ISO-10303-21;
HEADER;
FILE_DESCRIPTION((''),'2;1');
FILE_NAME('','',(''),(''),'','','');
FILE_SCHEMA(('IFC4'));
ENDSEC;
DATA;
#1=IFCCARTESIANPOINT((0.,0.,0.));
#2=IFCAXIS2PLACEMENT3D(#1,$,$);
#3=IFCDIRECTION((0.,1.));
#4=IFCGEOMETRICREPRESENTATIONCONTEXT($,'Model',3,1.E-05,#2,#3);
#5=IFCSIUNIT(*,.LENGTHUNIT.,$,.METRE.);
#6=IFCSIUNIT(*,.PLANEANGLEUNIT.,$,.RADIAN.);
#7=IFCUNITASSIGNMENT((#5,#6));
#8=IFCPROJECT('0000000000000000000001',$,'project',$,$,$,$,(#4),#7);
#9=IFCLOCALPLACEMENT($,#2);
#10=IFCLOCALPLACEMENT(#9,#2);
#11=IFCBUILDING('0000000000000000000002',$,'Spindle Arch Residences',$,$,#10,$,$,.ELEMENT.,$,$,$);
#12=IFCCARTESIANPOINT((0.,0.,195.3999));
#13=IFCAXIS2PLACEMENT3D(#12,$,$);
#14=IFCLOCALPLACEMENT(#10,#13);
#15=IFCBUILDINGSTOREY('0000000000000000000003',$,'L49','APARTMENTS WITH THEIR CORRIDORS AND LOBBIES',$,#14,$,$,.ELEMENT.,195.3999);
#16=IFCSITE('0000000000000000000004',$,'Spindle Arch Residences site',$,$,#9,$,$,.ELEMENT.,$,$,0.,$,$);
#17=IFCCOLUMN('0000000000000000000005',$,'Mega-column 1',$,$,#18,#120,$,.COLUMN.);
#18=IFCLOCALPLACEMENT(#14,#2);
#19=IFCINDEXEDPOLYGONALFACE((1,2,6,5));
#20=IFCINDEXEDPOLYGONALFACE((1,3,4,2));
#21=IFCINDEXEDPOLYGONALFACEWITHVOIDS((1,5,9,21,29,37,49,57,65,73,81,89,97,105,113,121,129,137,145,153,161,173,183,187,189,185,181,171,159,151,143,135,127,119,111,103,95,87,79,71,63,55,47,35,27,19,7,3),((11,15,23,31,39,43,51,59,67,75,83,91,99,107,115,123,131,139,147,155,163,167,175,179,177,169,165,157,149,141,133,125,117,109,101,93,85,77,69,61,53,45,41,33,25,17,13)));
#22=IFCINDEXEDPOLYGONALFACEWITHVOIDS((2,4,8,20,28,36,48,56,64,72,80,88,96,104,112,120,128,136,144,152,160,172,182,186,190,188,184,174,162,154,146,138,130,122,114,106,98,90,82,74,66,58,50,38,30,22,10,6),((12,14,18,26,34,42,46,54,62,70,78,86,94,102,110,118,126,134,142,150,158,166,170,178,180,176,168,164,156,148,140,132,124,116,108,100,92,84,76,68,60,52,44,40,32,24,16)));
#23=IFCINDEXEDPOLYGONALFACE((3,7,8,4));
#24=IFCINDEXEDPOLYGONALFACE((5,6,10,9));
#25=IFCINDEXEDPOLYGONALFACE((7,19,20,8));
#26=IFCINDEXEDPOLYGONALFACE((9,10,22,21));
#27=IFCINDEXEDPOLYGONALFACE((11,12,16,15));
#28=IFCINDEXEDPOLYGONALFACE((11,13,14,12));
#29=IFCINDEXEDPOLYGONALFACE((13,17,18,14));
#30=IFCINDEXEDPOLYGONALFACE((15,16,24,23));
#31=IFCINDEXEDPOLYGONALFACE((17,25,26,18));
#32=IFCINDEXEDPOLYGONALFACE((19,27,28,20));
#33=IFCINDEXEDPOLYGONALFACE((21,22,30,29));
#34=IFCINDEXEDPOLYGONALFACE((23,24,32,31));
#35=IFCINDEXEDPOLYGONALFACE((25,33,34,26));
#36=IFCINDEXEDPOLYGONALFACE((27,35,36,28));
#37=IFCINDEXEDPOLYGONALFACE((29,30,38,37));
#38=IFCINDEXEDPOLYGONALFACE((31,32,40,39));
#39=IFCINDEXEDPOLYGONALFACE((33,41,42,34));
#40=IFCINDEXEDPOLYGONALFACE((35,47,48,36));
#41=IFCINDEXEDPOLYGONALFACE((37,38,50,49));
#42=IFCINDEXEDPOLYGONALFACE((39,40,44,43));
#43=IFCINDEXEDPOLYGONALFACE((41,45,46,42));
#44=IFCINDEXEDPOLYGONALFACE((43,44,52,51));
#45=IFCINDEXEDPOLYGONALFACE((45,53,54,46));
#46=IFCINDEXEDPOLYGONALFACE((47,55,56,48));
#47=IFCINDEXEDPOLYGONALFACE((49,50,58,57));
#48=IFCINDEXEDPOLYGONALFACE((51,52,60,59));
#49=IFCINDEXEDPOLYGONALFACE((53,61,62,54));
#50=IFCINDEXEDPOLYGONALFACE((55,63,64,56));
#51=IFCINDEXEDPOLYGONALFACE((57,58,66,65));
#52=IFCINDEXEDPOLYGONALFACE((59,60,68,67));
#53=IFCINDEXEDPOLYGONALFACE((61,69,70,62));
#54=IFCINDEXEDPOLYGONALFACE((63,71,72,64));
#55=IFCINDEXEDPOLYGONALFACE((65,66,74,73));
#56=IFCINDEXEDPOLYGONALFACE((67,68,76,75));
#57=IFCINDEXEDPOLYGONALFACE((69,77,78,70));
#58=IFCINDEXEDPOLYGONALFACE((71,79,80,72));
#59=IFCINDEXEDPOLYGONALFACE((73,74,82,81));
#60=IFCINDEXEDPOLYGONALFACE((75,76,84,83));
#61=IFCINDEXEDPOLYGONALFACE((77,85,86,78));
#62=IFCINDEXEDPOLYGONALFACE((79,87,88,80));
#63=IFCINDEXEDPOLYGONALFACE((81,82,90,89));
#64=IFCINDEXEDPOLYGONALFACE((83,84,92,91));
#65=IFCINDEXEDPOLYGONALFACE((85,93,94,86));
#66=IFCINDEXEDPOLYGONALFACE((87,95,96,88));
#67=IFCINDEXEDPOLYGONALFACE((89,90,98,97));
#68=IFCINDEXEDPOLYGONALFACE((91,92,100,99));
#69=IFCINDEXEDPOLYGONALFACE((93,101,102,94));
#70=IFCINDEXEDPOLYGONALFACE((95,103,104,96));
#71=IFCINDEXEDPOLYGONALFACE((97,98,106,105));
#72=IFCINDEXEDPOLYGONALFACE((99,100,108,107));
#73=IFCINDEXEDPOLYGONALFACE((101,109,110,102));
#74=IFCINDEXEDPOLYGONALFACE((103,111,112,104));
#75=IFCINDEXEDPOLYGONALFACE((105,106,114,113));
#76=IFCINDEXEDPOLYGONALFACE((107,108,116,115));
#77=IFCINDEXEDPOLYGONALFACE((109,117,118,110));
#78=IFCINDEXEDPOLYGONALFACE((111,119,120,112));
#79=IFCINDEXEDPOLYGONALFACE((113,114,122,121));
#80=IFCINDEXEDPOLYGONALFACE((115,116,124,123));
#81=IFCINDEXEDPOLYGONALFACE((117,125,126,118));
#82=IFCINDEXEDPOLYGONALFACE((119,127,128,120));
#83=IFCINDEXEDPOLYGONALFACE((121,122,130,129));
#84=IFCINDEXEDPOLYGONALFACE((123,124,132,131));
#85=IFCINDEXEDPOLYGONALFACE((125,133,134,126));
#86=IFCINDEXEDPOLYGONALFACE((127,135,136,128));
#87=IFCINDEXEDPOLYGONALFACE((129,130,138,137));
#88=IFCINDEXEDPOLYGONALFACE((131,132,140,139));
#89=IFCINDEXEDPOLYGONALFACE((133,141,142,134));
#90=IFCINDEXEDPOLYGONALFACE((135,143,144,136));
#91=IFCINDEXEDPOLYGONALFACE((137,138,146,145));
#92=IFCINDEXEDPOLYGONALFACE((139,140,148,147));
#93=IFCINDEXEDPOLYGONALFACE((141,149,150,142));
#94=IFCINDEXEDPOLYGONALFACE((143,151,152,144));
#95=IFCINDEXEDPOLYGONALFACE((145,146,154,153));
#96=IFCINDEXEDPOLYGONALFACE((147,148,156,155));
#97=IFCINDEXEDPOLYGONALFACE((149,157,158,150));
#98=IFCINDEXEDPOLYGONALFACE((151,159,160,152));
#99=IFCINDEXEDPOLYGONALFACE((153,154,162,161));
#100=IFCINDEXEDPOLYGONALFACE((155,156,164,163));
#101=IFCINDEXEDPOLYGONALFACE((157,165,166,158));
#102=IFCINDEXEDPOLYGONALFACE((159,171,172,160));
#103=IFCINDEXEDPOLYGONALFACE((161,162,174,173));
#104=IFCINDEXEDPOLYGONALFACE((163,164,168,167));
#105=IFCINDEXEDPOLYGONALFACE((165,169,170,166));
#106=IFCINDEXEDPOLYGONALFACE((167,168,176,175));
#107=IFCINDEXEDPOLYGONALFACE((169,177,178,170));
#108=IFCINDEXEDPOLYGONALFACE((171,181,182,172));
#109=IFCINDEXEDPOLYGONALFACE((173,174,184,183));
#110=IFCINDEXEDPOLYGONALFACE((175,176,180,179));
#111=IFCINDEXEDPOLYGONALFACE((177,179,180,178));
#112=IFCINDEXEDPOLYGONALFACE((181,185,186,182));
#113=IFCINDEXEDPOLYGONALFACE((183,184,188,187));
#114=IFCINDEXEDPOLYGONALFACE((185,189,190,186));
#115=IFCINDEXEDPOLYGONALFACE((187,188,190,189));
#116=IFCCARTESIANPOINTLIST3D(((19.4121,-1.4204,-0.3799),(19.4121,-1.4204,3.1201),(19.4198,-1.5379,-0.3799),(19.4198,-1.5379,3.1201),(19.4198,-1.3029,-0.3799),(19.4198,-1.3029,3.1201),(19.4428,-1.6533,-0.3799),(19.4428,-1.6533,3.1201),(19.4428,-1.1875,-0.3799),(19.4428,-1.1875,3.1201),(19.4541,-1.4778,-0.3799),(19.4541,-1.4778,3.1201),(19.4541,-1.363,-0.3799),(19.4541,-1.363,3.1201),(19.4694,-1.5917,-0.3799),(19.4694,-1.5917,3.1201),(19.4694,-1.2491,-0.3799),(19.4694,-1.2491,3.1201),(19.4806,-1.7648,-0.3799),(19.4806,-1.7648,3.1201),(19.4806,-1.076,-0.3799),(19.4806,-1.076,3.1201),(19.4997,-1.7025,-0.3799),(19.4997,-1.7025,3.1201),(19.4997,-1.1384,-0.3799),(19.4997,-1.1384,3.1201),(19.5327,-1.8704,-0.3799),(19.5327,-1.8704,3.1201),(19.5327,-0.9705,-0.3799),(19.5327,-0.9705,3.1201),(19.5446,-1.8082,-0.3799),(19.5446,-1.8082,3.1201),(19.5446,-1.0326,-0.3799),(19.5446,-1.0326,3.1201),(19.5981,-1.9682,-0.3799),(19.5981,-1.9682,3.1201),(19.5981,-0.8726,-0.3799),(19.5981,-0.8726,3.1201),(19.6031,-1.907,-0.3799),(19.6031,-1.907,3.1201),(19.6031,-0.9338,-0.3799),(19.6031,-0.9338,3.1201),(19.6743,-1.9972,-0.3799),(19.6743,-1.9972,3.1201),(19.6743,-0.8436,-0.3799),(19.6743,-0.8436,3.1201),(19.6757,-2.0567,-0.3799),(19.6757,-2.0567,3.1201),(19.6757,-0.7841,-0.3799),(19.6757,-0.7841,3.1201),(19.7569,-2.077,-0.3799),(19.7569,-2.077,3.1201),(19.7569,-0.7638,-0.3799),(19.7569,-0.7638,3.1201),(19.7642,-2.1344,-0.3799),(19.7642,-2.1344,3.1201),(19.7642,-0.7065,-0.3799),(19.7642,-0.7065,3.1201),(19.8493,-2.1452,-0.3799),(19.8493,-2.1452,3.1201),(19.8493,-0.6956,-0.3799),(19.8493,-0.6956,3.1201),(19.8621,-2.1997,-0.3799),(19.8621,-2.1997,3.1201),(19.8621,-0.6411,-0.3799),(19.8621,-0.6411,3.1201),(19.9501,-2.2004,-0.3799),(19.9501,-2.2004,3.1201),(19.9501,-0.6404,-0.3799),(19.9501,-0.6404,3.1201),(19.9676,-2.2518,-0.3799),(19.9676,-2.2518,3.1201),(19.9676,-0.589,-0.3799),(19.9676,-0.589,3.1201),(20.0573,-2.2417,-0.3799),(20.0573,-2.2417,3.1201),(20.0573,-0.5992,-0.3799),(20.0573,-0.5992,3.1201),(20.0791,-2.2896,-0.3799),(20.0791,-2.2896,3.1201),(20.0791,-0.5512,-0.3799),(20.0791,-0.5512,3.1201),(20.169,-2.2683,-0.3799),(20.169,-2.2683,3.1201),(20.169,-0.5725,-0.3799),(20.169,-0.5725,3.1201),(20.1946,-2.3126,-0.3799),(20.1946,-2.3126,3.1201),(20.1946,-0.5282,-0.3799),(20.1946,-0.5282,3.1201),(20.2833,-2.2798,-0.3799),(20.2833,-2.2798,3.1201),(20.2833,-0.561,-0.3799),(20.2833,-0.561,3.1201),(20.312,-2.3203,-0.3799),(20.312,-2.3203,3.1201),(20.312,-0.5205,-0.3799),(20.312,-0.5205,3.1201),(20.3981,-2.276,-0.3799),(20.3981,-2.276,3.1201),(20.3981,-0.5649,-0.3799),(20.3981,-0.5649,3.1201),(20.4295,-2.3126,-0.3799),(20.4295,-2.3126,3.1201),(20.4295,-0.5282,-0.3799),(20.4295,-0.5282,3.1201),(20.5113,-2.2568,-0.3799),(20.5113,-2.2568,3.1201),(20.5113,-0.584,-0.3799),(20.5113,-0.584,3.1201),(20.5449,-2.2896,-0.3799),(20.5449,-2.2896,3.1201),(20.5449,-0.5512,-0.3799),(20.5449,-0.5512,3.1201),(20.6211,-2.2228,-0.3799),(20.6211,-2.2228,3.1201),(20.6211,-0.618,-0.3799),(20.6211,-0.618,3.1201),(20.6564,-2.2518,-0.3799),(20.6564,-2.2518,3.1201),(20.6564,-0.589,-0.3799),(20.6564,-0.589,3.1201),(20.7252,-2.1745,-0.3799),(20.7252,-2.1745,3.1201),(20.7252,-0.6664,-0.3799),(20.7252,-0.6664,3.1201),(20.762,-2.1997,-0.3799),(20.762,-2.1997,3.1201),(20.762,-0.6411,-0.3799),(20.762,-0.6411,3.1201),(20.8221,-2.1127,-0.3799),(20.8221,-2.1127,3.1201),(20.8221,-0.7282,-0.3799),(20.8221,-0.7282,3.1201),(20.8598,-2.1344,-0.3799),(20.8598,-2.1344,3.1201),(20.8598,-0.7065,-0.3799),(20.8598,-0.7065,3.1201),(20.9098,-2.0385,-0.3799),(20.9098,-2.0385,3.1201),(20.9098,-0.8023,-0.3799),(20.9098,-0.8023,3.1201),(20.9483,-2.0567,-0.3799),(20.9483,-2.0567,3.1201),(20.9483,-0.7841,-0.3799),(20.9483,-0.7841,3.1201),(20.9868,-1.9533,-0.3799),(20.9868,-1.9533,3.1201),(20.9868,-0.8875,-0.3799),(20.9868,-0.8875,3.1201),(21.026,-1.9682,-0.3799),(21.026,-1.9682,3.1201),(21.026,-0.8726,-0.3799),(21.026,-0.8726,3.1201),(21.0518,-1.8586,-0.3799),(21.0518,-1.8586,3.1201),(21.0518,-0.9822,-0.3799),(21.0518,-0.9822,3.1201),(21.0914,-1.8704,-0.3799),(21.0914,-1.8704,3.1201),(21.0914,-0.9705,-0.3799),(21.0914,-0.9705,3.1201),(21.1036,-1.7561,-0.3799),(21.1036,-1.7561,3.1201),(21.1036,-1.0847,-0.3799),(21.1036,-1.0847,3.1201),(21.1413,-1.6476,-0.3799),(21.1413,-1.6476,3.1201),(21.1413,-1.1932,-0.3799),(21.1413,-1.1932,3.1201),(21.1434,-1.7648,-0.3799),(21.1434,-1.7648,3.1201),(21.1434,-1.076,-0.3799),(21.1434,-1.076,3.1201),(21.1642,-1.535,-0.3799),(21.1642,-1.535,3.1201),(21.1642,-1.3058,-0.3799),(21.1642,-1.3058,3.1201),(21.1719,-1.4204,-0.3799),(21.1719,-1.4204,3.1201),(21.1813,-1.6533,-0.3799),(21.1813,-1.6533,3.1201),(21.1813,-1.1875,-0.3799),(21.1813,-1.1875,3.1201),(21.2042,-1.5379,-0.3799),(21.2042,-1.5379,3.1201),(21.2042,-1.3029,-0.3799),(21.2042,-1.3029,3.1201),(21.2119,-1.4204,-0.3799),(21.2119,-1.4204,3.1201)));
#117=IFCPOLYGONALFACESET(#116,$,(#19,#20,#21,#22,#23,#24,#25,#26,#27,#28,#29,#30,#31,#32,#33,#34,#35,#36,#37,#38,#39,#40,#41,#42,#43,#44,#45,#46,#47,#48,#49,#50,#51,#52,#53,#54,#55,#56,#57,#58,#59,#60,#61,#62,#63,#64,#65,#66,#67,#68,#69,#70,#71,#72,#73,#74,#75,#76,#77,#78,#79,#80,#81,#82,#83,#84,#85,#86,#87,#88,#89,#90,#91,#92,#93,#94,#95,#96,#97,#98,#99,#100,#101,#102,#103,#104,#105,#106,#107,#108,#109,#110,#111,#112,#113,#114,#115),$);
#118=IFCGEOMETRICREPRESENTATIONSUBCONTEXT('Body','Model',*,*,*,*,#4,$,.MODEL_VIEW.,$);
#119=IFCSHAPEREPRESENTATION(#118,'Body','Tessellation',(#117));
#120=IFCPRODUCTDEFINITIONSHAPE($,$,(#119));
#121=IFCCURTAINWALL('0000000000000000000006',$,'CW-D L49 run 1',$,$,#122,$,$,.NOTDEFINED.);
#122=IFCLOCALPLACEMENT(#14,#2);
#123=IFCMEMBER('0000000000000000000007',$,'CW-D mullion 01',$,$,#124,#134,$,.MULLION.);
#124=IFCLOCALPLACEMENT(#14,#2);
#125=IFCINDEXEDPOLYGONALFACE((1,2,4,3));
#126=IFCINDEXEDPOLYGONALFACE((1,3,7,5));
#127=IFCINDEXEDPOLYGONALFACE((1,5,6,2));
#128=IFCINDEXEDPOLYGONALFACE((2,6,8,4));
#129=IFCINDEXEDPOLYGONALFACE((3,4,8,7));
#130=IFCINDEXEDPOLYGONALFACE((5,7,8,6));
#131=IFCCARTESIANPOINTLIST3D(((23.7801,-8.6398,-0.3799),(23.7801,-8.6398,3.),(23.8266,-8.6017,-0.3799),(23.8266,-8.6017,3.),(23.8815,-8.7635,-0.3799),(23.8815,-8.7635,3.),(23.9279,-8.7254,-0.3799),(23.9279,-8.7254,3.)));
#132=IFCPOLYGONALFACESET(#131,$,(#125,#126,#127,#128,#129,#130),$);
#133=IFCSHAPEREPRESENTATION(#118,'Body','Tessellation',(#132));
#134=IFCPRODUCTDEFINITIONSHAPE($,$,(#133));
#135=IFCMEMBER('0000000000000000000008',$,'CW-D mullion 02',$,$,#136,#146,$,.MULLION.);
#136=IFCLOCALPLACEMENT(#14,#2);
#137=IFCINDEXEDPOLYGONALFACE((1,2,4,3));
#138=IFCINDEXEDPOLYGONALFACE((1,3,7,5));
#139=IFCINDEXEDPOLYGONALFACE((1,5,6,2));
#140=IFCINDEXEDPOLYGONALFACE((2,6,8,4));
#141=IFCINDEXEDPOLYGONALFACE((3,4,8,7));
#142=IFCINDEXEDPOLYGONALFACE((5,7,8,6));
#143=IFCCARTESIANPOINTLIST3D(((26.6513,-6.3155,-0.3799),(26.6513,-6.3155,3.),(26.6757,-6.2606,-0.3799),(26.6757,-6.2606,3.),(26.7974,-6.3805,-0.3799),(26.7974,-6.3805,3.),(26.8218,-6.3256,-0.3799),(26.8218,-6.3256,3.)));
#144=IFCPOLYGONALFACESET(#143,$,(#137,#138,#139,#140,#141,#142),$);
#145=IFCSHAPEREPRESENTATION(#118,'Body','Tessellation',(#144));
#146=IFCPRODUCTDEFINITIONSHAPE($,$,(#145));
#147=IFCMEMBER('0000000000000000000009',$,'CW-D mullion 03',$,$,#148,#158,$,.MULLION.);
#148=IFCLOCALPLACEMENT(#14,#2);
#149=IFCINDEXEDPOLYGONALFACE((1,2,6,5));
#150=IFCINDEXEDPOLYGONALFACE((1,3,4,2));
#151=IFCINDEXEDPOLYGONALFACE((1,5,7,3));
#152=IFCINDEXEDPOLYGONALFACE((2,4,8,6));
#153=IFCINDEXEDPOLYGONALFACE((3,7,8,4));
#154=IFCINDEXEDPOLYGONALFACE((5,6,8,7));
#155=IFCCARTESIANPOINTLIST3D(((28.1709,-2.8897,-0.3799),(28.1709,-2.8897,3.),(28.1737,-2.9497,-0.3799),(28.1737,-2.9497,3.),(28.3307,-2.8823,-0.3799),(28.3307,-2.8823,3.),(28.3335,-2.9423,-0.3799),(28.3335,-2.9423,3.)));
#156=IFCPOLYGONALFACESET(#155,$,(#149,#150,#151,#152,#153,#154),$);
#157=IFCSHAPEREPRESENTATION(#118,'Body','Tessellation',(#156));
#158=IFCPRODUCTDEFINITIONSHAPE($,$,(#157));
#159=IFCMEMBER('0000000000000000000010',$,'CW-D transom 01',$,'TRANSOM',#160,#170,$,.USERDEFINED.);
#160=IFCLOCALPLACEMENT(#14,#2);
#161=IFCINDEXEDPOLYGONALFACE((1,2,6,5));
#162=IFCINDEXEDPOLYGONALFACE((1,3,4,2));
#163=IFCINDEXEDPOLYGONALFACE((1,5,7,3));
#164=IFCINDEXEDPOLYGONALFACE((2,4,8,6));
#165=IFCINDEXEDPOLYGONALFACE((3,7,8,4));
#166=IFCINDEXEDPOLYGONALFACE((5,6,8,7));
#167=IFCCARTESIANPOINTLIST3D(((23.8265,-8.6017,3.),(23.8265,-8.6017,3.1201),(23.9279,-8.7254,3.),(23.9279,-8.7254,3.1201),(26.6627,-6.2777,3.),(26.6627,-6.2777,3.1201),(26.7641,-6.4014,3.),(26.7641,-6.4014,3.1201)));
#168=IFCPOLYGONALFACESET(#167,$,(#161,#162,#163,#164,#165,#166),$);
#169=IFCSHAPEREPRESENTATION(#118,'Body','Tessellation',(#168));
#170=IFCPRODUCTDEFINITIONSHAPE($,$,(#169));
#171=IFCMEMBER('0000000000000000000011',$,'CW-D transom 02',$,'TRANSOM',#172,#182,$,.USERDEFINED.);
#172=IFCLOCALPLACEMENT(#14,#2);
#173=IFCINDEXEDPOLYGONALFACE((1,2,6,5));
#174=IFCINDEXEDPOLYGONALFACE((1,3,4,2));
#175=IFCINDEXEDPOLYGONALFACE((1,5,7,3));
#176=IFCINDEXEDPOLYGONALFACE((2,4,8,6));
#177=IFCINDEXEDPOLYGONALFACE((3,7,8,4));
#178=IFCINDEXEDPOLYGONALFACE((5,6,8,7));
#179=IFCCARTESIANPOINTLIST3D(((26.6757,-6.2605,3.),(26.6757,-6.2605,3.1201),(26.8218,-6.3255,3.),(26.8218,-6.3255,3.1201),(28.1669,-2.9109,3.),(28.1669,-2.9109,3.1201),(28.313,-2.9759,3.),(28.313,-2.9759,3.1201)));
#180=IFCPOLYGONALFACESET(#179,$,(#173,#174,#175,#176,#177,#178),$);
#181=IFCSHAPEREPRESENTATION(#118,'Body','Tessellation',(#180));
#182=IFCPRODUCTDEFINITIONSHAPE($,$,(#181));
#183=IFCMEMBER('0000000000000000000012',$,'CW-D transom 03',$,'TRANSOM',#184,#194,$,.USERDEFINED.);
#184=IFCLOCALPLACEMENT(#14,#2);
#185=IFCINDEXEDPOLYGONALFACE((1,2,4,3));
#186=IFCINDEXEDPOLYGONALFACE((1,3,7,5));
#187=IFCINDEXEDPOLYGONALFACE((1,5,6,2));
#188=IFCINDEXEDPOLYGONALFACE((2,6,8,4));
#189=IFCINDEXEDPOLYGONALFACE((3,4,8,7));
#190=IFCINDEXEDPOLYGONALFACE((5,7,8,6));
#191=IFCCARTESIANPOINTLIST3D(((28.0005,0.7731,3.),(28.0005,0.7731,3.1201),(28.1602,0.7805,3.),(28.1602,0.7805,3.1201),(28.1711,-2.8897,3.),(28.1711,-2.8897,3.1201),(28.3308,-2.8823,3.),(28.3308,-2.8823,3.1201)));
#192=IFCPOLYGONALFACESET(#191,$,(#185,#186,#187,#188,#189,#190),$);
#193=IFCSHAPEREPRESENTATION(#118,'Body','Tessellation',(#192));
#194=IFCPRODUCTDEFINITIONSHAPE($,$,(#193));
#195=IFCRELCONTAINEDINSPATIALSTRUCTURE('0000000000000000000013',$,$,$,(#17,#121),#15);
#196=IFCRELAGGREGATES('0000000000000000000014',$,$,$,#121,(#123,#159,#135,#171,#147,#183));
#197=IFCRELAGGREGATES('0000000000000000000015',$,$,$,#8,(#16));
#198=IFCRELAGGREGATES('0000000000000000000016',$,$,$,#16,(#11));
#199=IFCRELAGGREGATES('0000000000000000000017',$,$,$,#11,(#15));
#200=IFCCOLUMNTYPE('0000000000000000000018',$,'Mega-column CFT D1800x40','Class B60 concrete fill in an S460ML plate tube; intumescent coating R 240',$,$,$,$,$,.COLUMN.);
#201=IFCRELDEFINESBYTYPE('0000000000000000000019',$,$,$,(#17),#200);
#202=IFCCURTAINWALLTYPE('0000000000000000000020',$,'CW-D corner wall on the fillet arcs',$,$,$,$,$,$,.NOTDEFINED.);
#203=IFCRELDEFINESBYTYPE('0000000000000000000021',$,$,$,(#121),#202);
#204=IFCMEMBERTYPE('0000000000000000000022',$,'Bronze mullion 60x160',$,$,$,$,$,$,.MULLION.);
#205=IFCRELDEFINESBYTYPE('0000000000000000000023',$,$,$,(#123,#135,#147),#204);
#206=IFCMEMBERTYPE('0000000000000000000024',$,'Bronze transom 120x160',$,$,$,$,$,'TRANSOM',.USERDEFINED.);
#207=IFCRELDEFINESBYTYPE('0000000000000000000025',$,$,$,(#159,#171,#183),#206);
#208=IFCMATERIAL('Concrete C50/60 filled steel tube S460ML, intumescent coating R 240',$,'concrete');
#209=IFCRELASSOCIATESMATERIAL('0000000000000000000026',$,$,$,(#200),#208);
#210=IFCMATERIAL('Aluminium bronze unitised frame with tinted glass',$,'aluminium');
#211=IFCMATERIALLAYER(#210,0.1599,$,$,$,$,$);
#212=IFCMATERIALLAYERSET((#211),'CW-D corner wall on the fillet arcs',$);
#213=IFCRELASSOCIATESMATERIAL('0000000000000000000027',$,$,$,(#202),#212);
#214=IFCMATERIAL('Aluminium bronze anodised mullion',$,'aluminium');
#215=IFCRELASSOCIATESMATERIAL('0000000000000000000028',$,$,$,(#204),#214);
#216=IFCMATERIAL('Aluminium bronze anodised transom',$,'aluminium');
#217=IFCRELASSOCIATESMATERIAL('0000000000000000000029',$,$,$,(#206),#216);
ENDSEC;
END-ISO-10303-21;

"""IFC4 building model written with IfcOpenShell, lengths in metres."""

from ifc_helpers import new_model, si_unit, direction, frame, origin, origin_2d, place, context, subcontext, project, spatial, rectangle, hollow_circle, extrude, material, layer, layer_set, material_profile, profile_set, type_object, element, aggregate, save


model = new_model("IFC4")

# Units and contexts
model_context = context("Model", 3, precision=1e-05, world=origin(), true_north=direction((0.0, 1.0)))
body_context = subcontext(model_context, "Body", "Model", "MODEL_VIEW")
ifc_project = project(units=[si_unit("LENGTHUNIT", "METRE"), si_unit("PLANEANGLEUNIT", "RADIAN")], contexts=[model_context])

# Site, building, storey
site_placement = place(None, origin())
site = spatial("IfcSite", under=ifc_project, at=site_placement, Name="Spindle Arch Residences site", CompositionType="ELEMENT", RefElevation=0.0)
building_placement = place(site_placement, origin())
building = spatial("IfcBuilding", under=site, at=building_placement, Name="Spindle Arch Residences", CompositionType="ELEMENT")
storey_placement = place(building_placement, frame((0.0, 0.0, 195.3999)))
storey = spatial("IfcBuildingStorey", under=building, at=storey_placement, Name="L49", Description="APARTMENTS WITH THEIR CORRIDORS AND LOBBIES", CompositionType="ELEMENT", Elevation=195.3999)

# Column
ifc_material_1 = material(Name="Concrete C50/60 filled steel tube S460ML, intumescent coating R 240", Category="concrete")
ifc_material_profile_1 = material_profile(ifc_material_1, hollow_circle(Radius=0.8999, WallThickness=0.04, at=origin_2d()), Name="CFT D1800x40")
ifc_profile_set_1 = profile_set([ifc_material_profile_1], Name="Concrete C50/60 filled steel tube S460ML, intumescent coating R 240")
column_type_1 = type_object("IfcColumnType", Name="Mega-column CFT D1800x40", Description="Class B60 concrete fill in an S460ML plate tube; intumescent coating R 240", PredefinedType="COLUMN", material=ifc_profile_set_1)
column_placement = place(storey_placement, frame((20.312, -1.4204, -0.3799), z_axis=(0.0, 0.0, 1.0), x_axis=(1.0, 0.0, 0.0)))
element("IfcColumn", 1, at=column_placement, inside=storey, type_object=column_type_1, Name="Mega-column 1", PredefinedType="COLUMN", context=body_context, shape_type="SweptSolid", body=[
    extrude(hollow_circle(Radius=0.8999, WallThickness=0.04, at=origin_2d()), origin(), (0.0, 0.0, 1.0), 3.5),
])

# Curtain wall, members
ifc_material_2 = material(Name="Aluminium bronze unitised frame with tinted glass", Category="aluminium")
ifc_layer_1 = layer(ifc_material_2, 0.1599)
ifc_layer_set_1 = layer_set([ifc_layer_1], Name="CW-D corner wall on the fillet arcs")
curtain_wall_type = type_object("IfcCurtainWallType", Name="CW-D corner wall on the fillet arcs", PredefinedType="NOTDEFINED", material=ifc_layer_set_1)
curtain_wall_placement = place(storey_placement, origin())
curtain_wall = element("IfcCurtainWall", 2, at=curtain_wall_placement, inside=storey, type_object=curtain_wall_type, Name="CW-D L49 run 1", PredefinedType="NOTDEFINED")
ifc_material_3 = material(Name="Aluminium bronze anodised mullion", Category="aluminium")
ifc_material_profile_2 = material_profile(ifc_material_3, rectangle(XDim=0.1599, YDim=0.0601, at=origin_2d()), Name="MU 60x160")
ifc_profile_set_2 = profile_set([ifc_material_profile_2], Name="Aluminium bronze anodised mullion")
member_type_1 = type_object("IfcMemberType", Name="Bronze mullion 60x160", PredefinedType="MULLION", material=ifc_profile_set_2)
member_1_placement = place(storey_placement, frame((23.854, -8.6826, -0.3799), z_axis=(0.0, 0.0, 1.0), x_axis=(-0.633831, 0.773472, 0.0)))
member_1 = element("IfcMember", 3, at=member_1_placement, type_object=member_type_1, Name="CW-D mullion 01", PredefinedType="MULLION", context=body_context, shape_type="SweptSolid", body=[
    extrude(rectangle(XDim=0.1599, YDim=0.0601, at=origin_2d()), origin(), (0.0, 0.0, 1.0), 3.3799),
])
member_2_placement = place(storey_placement, frame((26.7366, -6.3206, -0.3799), z_axis=(0.0, 0.0, 1.0), x_axis=(-0.913545, 0.406737, 0.0)))
member_2 = element("IfcMember", 4, at=member_2_placement, type_object=member_type_1, Name="CW-D mullion 02", PredefinedType="MULLION", context=body_context, shape_type="SweptSolid", body=[
    extrude(rectangle(XDim=0.1599, YDim=0.0601, at=origin_2d()), origin(), (0.0, 0.0, 1.0), 3.3799),
])
member_3_placement = place(storey_placement, frame((28.2522, -2.916, -0.3799), z_axis=(0.0, 0.0, 1.0), x_axis=(-0.998917, -0.046525, 0.0)))
member_3 = element("IfcMember", 5, at=member_3_placement, type_object=member_type_1, Name="CW-D mullion 03", PredefinedType="MULLION", context=body_context, shape_type="SweptSolid", body=[
    extrude(rectangle(XDim=0.1599, YDim=0.0601, at=origin_2d()), origin(), (0.0, 0.0, 1.0), 3.3799),
])
ifc_material_4 = material(Name="Aluminium bronze anodised transom", Category="aluminium")
ifc_material_profile_3 = material_profile(ifc_material_4, rectangle(XDim=0.1599, YDim=0.1201, at=origin_2d()), Name="TR 120x160")
ifc_profile_set_3 = profile_set([ifc_material_profile_3], Name="Aluminium bronze anodised transom")
member_type_2 = type_object("IfcMemberType", Name="Bronze transom 120x160", ElementType="TRANSOM", PredefinedType="USERDEFINED", material=ifc_profile_set_3)
member_4_placement = place(storey_placement, frame((23.8772, -8.6636, 3.0601), z_axis=(0.773494, 0.633803, 0.0), x_axis=(-0.633803, 0.773494, 0.0)))
member_4 = element("IfcMember", 6, at=member_4_placement, type_object=member_type_2, Name="CW-D transom 01", ObjectType="TRANSOM", PredefinedType="USERDEFINED", context=body_context, shape_type="SweptSolid", body=[
    extrude(rectangle(XDim=0.1599, YDim=0.1201, at=origin_2d()), origin(), (0.0, 0.0, 1.0), 3.6667),
])
member_5_placement = place(storey_placement, frame((26.7488, -6.293, 3.0601), z_axis=(0.406707, 0.913559, 0.0), x_axis=(-0.913559, 0.406707, 0.0)))
member_5 = element("IfcMember", 7, at=member_5_placement, type_object=member_type_2, Name="CW-D transom 02", ObjectType="TRANSOM", PredefinedType="USERDEFINED", context=body_context, shape_type="SweptSolid", body=[
    extrude(rectangle(XDim=0.1599, YDim=0.1201, at=origin_2d()), origin(), (0.0, 0.0, 1.0), 3.6665),
])
member_6_placement = place(storey_placement, frame((28.251, -2.886, 3.0601), z_axis=(-0.04654, 0.998916, 0.0), x_axis=(-0.998916, -0.04654, 0.0)))
member_6 = element("IfcMember", 8, at=member_6_placement, type_object=member_type_2, Name="CW-D transom 03", ObjectType="TRANSOM", PredefinedType="USERDEFINED", context=body_context, shape_type="SweptSolid", body=[
    extrude(rectangle(XDim=0.1599, YDim=0.1201, at=origin_2d()), origin(), (0.0, 0.0, 1.0), 3.6667),
])

aggregate(curtain_wall, [member_1, member_4, member_2, member_5, member_3, member_6])

save(model, "model.ifc")
